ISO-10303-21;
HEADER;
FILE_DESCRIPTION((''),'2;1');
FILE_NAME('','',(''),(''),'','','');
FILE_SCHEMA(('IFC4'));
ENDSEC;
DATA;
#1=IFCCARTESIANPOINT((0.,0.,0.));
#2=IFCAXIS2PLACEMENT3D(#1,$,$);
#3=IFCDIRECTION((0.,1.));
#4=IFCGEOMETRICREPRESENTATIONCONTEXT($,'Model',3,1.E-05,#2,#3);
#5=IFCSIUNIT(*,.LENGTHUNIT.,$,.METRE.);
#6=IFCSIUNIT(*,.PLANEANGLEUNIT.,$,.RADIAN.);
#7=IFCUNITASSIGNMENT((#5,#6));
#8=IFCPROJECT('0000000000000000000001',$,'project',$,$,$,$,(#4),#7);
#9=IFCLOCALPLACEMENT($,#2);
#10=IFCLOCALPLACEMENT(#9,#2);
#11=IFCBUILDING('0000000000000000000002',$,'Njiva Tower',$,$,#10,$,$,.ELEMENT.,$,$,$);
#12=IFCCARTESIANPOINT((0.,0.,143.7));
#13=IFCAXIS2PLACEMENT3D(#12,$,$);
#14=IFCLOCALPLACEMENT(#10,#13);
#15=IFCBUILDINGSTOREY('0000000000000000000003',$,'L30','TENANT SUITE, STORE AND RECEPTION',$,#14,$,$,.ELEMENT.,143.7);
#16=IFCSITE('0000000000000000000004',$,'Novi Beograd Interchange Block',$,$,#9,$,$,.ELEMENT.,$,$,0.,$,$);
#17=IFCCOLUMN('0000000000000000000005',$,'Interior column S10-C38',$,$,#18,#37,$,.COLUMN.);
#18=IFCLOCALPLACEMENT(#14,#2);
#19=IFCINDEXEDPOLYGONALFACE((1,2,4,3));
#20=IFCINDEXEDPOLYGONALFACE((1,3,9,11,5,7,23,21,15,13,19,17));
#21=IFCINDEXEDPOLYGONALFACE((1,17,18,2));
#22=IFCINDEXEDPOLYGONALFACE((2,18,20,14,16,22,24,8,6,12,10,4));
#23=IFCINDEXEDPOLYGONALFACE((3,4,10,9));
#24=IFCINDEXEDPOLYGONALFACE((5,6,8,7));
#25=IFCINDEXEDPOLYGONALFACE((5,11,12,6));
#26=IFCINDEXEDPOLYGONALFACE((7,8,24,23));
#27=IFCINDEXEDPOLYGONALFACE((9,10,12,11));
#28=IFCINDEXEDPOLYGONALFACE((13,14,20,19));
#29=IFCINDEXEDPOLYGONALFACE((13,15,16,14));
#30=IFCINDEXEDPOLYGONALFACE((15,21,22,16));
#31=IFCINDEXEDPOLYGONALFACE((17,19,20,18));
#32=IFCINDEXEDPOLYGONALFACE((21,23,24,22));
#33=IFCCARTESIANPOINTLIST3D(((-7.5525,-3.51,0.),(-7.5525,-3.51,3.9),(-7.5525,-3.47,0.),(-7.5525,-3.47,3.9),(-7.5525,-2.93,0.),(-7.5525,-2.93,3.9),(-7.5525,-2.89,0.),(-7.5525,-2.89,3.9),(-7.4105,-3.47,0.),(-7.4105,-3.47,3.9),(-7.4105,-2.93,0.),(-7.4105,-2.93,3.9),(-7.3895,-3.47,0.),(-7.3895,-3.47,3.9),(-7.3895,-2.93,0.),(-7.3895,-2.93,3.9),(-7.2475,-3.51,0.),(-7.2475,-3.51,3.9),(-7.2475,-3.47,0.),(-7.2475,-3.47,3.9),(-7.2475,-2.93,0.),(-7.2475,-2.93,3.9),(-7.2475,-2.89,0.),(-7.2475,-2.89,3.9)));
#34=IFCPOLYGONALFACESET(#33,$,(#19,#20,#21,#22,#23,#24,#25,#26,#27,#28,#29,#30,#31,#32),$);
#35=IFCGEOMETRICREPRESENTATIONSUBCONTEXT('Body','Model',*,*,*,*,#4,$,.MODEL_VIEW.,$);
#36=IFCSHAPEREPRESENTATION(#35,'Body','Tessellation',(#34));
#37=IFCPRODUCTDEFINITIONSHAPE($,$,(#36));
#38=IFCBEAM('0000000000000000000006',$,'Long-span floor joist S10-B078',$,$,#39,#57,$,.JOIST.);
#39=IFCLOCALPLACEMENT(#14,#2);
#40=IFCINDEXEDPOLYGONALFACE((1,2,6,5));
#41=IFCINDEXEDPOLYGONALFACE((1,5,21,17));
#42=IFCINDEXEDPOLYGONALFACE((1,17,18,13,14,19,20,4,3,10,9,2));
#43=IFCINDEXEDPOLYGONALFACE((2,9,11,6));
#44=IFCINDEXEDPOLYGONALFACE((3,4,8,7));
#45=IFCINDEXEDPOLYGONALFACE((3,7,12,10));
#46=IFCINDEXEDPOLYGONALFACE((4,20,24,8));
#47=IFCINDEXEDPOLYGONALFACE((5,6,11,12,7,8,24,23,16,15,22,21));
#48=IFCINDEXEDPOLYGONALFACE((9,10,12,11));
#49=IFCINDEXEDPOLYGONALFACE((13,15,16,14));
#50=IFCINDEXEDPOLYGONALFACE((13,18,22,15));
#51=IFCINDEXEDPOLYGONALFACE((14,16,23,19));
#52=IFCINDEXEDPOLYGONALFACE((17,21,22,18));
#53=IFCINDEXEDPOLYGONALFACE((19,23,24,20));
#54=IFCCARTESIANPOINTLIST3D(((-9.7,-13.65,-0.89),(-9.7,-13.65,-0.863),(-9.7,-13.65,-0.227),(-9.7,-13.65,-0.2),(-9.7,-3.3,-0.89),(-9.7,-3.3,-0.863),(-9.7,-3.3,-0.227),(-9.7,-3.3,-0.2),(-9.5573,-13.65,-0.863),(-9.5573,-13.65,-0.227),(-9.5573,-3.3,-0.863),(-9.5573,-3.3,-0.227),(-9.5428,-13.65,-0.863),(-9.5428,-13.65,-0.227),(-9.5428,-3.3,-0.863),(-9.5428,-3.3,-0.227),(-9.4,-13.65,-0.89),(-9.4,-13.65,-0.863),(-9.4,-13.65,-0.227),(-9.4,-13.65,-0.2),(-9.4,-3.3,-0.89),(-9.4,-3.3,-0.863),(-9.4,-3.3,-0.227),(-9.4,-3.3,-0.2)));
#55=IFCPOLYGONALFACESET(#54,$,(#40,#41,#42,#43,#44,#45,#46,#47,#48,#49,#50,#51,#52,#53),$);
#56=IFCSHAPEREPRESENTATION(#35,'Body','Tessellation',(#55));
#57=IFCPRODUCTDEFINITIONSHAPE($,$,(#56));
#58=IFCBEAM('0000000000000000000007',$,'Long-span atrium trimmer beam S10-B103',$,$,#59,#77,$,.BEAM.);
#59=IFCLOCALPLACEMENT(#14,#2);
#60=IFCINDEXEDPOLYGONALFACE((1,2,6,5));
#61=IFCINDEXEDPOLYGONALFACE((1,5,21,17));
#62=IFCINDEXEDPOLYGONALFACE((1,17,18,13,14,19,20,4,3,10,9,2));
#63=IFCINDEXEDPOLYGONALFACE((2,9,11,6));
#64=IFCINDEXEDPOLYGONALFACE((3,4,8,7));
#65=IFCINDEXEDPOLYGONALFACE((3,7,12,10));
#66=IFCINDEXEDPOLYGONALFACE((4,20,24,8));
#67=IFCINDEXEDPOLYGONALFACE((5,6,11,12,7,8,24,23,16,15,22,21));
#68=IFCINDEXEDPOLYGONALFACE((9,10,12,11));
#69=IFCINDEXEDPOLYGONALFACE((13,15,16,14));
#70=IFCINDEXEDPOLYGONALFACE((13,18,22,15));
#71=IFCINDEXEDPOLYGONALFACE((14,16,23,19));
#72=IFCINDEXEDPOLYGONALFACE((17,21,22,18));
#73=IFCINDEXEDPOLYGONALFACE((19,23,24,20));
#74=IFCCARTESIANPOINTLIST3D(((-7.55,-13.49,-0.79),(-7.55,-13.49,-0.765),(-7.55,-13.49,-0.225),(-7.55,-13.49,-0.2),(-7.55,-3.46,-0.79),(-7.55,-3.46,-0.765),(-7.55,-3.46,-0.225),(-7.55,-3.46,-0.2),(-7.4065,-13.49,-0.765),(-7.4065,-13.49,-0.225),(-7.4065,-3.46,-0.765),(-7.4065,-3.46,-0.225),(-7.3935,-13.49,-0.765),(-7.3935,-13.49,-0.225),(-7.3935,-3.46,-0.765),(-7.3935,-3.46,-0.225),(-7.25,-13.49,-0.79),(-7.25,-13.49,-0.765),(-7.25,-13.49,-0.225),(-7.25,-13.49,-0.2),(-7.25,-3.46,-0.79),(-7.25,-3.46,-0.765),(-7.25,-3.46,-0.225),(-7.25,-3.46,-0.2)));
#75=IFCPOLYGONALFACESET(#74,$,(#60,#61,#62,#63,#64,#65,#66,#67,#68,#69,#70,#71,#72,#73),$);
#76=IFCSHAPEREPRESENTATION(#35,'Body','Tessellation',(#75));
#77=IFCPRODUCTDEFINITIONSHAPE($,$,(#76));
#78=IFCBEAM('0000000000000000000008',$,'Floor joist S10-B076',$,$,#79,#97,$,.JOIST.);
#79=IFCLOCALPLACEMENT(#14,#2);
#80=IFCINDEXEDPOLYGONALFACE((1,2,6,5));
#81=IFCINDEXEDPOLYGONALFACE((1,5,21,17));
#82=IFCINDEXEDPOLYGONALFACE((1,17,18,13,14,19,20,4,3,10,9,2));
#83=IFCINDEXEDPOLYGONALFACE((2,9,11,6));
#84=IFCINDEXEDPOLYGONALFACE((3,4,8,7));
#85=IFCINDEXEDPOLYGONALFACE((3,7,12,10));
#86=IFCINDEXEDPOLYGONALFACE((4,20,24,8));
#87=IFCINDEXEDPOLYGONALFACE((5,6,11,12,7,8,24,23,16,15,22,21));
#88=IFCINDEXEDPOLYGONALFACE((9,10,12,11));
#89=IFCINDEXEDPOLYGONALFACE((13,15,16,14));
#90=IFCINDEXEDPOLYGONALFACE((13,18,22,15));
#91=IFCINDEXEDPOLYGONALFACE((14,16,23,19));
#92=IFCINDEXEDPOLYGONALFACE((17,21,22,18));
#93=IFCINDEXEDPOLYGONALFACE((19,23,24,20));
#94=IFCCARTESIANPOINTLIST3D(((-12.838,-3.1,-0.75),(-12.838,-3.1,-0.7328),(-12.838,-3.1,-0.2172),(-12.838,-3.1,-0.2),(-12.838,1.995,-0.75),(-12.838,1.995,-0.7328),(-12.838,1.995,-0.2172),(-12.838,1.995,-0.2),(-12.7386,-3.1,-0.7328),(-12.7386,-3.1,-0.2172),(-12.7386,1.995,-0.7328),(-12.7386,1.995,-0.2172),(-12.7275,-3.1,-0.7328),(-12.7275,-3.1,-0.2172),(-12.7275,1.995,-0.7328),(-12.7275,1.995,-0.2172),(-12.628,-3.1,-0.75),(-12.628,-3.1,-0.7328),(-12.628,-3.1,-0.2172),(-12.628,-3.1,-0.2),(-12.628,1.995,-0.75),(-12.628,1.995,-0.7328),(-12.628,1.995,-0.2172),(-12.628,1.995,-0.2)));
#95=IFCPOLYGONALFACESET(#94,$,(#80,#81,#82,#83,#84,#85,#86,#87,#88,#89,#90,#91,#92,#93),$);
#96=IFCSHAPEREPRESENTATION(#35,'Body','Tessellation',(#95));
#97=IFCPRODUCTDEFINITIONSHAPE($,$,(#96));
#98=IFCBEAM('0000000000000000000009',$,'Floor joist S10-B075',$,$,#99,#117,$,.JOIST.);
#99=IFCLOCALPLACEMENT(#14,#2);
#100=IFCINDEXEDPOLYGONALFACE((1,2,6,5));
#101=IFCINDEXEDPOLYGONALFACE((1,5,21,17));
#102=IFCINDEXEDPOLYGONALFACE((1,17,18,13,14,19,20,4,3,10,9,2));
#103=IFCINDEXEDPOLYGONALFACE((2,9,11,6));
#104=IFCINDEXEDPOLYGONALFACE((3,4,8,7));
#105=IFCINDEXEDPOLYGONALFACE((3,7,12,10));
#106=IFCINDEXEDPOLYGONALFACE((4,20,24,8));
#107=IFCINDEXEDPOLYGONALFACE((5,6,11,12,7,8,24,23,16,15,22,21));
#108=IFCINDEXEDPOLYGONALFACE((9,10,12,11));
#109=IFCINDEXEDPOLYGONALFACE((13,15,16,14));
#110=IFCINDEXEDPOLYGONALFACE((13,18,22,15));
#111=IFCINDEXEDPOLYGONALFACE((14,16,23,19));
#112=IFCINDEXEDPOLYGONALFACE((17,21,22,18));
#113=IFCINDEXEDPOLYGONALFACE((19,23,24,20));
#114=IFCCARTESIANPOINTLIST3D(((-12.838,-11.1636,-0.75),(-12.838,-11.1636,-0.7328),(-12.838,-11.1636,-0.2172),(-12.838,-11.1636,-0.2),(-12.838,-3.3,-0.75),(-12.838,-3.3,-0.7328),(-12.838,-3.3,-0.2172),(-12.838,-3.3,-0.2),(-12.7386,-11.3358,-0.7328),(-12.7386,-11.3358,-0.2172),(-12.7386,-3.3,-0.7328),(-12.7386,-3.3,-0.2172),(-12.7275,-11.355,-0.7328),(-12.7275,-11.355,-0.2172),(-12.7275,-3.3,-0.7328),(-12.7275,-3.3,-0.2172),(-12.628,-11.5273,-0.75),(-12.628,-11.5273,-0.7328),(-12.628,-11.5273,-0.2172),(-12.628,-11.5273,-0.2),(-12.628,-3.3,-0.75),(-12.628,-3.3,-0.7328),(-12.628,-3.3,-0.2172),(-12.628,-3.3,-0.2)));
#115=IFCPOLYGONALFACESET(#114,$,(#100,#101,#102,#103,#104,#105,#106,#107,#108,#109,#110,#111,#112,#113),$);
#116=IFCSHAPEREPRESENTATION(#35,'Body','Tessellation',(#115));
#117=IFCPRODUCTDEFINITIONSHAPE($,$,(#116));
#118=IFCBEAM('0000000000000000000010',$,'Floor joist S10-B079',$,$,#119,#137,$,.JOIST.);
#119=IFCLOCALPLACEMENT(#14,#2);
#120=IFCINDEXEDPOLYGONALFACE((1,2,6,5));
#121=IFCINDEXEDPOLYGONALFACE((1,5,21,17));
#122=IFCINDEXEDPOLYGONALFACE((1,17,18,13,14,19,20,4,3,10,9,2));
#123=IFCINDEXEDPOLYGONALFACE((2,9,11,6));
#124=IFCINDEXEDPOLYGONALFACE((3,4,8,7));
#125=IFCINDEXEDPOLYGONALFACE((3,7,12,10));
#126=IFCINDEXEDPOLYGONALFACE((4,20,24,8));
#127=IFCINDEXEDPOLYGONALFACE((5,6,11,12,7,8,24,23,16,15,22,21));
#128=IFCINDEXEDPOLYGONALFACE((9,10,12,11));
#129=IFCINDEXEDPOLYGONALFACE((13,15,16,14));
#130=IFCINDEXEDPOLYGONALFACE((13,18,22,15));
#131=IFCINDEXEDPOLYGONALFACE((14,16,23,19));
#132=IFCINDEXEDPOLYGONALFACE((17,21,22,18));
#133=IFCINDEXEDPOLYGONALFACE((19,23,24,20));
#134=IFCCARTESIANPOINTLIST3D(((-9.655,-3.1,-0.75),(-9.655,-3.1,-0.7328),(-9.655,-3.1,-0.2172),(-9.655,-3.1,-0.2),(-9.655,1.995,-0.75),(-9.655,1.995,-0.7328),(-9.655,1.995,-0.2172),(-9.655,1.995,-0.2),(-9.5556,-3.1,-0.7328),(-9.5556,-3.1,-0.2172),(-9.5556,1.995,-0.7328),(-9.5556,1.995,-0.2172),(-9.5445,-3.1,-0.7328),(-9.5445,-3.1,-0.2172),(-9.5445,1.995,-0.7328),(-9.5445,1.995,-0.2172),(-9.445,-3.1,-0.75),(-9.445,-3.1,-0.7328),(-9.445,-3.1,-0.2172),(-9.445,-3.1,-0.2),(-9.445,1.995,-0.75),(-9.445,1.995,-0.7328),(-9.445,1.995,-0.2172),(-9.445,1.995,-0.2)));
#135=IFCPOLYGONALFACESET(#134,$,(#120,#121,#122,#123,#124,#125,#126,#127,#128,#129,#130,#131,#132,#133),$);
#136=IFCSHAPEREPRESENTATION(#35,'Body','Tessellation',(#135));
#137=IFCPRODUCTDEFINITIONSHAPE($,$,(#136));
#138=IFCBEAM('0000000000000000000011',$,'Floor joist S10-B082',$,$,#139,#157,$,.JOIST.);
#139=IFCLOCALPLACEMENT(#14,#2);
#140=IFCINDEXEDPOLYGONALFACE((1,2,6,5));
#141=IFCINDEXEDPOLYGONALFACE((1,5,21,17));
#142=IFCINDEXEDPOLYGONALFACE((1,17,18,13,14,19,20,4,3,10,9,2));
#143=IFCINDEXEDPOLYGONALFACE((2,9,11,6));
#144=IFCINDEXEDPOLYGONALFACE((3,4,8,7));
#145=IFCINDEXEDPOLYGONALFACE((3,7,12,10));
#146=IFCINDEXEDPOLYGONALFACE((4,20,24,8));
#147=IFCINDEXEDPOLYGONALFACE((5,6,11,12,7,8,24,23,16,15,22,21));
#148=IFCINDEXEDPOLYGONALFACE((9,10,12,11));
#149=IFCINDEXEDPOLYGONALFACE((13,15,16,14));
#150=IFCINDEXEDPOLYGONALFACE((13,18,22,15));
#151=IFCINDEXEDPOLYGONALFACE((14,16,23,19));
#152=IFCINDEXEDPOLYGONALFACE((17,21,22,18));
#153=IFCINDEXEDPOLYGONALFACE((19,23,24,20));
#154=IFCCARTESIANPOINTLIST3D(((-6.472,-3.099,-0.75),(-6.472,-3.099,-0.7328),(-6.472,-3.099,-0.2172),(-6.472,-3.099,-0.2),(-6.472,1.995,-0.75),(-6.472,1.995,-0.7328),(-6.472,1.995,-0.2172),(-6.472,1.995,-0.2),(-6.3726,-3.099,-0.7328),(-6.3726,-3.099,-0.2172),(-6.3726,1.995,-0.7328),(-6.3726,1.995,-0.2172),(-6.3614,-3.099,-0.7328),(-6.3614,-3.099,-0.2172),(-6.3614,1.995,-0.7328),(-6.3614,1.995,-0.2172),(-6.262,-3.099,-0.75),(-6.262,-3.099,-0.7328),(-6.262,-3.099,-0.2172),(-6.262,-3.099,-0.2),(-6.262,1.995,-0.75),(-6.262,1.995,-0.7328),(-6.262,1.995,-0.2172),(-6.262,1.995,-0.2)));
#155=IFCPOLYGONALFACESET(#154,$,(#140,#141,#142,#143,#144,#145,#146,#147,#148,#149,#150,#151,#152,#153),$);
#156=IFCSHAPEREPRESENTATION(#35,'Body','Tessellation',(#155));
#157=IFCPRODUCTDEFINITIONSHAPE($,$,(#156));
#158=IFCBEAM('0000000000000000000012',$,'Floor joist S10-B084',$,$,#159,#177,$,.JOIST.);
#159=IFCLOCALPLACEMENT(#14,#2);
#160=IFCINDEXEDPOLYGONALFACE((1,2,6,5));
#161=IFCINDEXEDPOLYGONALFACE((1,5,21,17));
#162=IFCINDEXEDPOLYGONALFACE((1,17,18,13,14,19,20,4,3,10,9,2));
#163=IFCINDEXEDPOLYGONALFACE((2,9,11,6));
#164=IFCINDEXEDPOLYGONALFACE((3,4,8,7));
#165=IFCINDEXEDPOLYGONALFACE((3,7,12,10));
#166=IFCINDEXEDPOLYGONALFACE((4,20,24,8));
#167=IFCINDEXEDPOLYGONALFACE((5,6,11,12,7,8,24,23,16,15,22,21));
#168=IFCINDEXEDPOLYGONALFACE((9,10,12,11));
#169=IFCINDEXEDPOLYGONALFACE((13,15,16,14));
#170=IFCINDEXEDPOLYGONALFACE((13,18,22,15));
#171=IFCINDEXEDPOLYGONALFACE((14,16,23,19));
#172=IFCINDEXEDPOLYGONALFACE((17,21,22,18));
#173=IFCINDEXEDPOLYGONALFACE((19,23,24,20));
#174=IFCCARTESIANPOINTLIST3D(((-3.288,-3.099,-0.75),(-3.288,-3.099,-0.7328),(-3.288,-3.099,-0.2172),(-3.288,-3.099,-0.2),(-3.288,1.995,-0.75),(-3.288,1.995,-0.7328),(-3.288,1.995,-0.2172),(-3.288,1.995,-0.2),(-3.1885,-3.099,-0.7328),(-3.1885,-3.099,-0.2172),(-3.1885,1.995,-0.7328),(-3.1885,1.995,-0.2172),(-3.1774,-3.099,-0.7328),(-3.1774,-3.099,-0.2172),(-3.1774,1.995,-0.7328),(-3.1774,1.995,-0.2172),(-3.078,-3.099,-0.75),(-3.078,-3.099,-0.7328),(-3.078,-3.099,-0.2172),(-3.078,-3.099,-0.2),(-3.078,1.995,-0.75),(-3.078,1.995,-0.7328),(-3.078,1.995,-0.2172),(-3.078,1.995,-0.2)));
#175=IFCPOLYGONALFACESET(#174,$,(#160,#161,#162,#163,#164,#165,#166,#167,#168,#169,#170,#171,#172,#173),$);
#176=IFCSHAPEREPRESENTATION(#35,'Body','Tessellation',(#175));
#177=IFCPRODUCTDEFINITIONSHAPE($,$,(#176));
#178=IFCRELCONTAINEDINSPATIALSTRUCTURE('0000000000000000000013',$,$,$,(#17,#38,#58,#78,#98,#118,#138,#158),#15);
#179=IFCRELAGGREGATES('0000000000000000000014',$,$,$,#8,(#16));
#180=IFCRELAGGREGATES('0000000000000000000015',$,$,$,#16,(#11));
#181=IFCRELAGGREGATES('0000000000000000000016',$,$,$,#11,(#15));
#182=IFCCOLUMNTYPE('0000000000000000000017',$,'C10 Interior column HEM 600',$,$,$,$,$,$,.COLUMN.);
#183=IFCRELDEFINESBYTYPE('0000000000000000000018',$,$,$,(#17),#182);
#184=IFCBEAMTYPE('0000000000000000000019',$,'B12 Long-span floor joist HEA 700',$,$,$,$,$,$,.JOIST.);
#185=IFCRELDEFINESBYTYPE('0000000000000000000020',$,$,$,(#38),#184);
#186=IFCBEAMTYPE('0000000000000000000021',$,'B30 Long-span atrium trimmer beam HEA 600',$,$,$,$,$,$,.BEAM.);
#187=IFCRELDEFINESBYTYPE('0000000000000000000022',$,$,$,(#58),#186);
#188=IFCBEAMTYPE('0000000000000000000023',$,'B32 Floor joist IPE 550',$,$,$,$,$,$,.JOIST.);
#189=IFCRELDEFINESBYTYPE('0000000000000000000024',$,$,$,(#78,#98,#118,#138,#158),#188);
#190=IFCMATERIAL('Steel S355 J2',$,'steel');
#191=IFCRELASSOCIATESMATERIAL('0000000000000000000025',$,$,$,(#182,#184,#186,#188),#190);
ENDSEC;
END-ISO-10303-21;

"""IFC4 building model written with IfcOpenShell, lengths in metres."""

from ifc_helpers import new_model, si_unit, direction, frame, origin, origin_2d, place, context, subcontext, project, spatial, i_section, extrude, clip, halfspace, material, material_profile, profile_set, type_object, element, save


model = new_model("IFC4")

# Units and contexts
model_context = context("Model", 3, precision=1e-05, world=origin(), true_north=direction((0.0, 1.0)))
body_context = subcontext(model_context, "Body", "Model", "MODEL_VIEW")
ifc_project = project(units=[si_unit("LENGTHUNIT", "METRE"), si_unit("PLANEANGLEUNIT", "RADIAN")], contexts=[model_context])

# Site, building, storey
site_placement = place(None, origin())
site = spatial("IfcSite", under=ifc_project, at=site_placement, Name="Novi Beograd Interchange Block", CompositionType="ELEMENT", RefElevation=0.0)
building_placement = place(site_placement, origin())
building = spatial("IfcBuilding", under=site, at=building_placement, Name="Njiva Tower", CompositionType="ELEMENT")
storey_placement = place(building_placement, frame((0.0, 0.0, 143.7)))
storey = spatial("IfcBuildingStorey", under=building, at=storey_placement, Name="L30", Description="TENANT SUITE, STORE AND RECEPTION", CompositionType="ELEMENT", Elevation=143.7)

# Column
ifc_material_1 = material(Name="Steel S355 J2", Category="steel")
ifc_material_profile_1 = material_profile(ifc_material_1, i_section(OverallWidth=0.305, OverallDepth=0.62, WebThickness=0.021, FlangeThickness=0.04, at=origin_2d()), Name="HEM 600")
ifc_profile_set_1 = profile_set([ifc_material_profile_1], Name="Steel S355 J2")
column_type = type_object("IfcColumnType", Name="C10 Interior column HEM 600", PredefinedType="COLUMN", material=ifc_profile_set_1)
column_placement = place(storey_placement, frame((-7.4, -3.2, 0.0), z_axis=(0.0, 0.0, 1.0), x_axis=(1.0, 0.0, 0.0)))
element("IfcColumn", 1, at=column_placement, inside=storey, type_object=column_type, Name="Interior column S10-C38", PredefinedType="COLUMN", context=body_context, shape_type="SweptSolid", body=[
    extrude(i_section(OverallWidth=0.305, OverallDepth=0.62, WebThickness=0.021, FlangeThickness=0.04, at=origin_2d()), origin(), (0.0, 0.0, 1.0), 3.9),
])

# Beams
ifc_material_profile_2 = material_profile(ifc_material_1, i_section(OverallWidth=0.3, OverallDepth=0.69, WebThickness=0.0145, FlangeThickness=0.027, at=origin_2d()), Name="HEA 700")
ifc_profile_set_2 = profile_set([ifc_material_profile_2], Name="Steel S355 J2")
beam_type_1 = type_object("IfcBeamType", Name="B12 Long-span floor joist HEA 700", PredefinedType="JOIST", material=ifc_profile_set_2)
beam_1_placement = place(storey_placement, frame((-9.55, -3.3, -0.545), z_axis=(0.0, -1.0, 0.0), x_axis=(1.0, 0.0, 0.0)))
element("IfcBeam", 2, at=beam_1_placement, inside=storey, type_object=beam_type_1, Name="Long-span floor joist S10-B078", PredefinedType="JOIST", context=body_context, shape_type="SweptSolid", body=[
    extrude(i_section(OverallWidth=0.3, OverallDepth=0.69, WebThickness=0.0145, FlangeThickness=0.027, at=origin_2d()), origin(), (0.0, 0.0, 1.0), 10.35),
])
ifc_material_profile_3 = material_profile(ifc_material_1, i_section(OverallWidth=0.3, OverallDepth=0.59, WebThickness=0.013, FlangeThickness=0.025, at=origin_2d()), Name="HEA 600")
ifc_profile_set_3 = profile_set([ifc_material_profile_3], Name="Steel S355 J2")
beam_type_2 = type_object("IfcBeamType", Name="B30 Long-span atrium trimmer beam HEA 600", PredefinedType="BEAM", material=ifc_profile_set_3)
beam_2_placement = place(storey_placement, frame((-7.4, -3.46, -0.495), z_axis=(0.0, -1.0, 0.0), x_axis=(1.0, 0.0, 0.0)))
element("IfcBeam", 3, at=beam_2_placement, inside=storey, type_object=beam_type_2, Name="Long-span atrium trimmer beam S10-B103", PredefinedType="BEAM", context=body_context, shape_type="SweptSolid", body=[
    extrude(i_section(OverallWidth=0.3, OverallDepth=0.59, WebThickness=0.013, FlangeThickness=0.025, at=origin_2d()), origin(), (0.0, 0.0, 1.0), 10.03),
])
ifc_material_profile_4 = material_profile(ifc_material_1, i_section(OverallWidth=0.21, OverallDepth=0.55, WebThickness=0.0111, FlangeThickness=0.0172, at=origin_2d()), Name="IPE 550")
ifc_profile_set_4 = profile_set([ifc_material_profile_4], Name="Steel S355 J2")
beam_type_3 = type_object("IfcBeamType", Name="B32 Floor joist IPE 550", PredefinedType="JOIST", material=ifc_profile_set_4)
beam_3_placement = place(storey_placement, frame((-12.733, 1.995, -0.475), z_axis=(0.0, -1.0, 0.0), x_axis=(1.0, 0.0, 0.0)))
element("IfcBeam", 4, at=beam_3_placement, inside=storey, type_object=beam_type_3, Name="Floor joist S10-B076", PredefinedType="JOIST", context=body_context, shape_type="SweptSolid", body=[
    extrude(i_section(OverallWidth=0.21, OverallDepth=0.55, WebThickness=0.0111, FlangeThickness=0.0172, at=origin_2d()), origin(), (0.0, 0.0, 1.0), 5.095),
])
beam_4_placement = place(storey_placement, frame((-12.733, -3.3, -0.475), z_axis=(0.0, -1.0, 0.0), x_axis=(1.0, 0.0, 0.0)))
element("IfcBeam", 5, at=beam_4_placement, inside=storey, type_object=beam_type_3, Name="Floor joist S10-B075", PredefinedType="JOIST", context=body_context, shape_type="Clipping", body=[
    clip(extrude(i_section(OverallWidth=0.21, OverallDepth=0.55, WebThickness=0.0111, FlangeThickness=0.0172, at=origin_2d()), origin(), (0.0, 0.0, 1.0), 8.247), halfspace(frame((-0.0436, 0.0, 7.9699), z_axis=(-0.866027, 0.0, 0.499998), x_axis=(0.0, 1.0, 0.0)), False)),
])
beam_5_placement = place(storey_placement, frame((-9.55, 1.995, -0.475), z_axis=(0.0, -1.0, 0.0), x_axis=(1.0, 0.0, 0.0)))
element("IfcBeam", 6, at=beam_5_placement, inside=storey, type_object=beam_type_3, Name="Floor joist S10-B079", PredefinedType="JOIST", context=body_context, shape_type="SweptSolid", body=[
    extrude(i_section(OverallWidth=0.21, OverallDepth=0.55, WebThickness=0.0111, FlangeThickness=0.0172, at=origin_2d()), origin(), (0.0, 0.0, 1.0), 5.095),
])
for number, where, z_axis, x_axis, name in (
    (7, (-6.367, 1.995, -0.475), (0.0, -1.0, 0.0), (1.0, 0.0, 0.0), "Floor joist S10-B082"),
    (8, (-3.183, 1.995, -0.475), (0.0, -1.0, 0.0), (1.0, 0.0, 0.0), "Floor joist S10-B084"),
):
    element("IfcBeam", number, at=place(storey_placement, frame(where, z_axis=z_axis, x_axis=x_axis)), inside=storey, type_object=beam_type_3, Name=name, PredefinedType="JOIST", context=body_context, shape_type="SweptSolid", body=[
        extrude(i_section(OverallWidth=0.21, OverallDepth=0.55, WebThickness=0.0111, FlangeThickness=0.0172, at=origin_2d()), origin(), (0.0, 0.0, 1.0), 5.094),
    ])

save(model, "model.ifc")
